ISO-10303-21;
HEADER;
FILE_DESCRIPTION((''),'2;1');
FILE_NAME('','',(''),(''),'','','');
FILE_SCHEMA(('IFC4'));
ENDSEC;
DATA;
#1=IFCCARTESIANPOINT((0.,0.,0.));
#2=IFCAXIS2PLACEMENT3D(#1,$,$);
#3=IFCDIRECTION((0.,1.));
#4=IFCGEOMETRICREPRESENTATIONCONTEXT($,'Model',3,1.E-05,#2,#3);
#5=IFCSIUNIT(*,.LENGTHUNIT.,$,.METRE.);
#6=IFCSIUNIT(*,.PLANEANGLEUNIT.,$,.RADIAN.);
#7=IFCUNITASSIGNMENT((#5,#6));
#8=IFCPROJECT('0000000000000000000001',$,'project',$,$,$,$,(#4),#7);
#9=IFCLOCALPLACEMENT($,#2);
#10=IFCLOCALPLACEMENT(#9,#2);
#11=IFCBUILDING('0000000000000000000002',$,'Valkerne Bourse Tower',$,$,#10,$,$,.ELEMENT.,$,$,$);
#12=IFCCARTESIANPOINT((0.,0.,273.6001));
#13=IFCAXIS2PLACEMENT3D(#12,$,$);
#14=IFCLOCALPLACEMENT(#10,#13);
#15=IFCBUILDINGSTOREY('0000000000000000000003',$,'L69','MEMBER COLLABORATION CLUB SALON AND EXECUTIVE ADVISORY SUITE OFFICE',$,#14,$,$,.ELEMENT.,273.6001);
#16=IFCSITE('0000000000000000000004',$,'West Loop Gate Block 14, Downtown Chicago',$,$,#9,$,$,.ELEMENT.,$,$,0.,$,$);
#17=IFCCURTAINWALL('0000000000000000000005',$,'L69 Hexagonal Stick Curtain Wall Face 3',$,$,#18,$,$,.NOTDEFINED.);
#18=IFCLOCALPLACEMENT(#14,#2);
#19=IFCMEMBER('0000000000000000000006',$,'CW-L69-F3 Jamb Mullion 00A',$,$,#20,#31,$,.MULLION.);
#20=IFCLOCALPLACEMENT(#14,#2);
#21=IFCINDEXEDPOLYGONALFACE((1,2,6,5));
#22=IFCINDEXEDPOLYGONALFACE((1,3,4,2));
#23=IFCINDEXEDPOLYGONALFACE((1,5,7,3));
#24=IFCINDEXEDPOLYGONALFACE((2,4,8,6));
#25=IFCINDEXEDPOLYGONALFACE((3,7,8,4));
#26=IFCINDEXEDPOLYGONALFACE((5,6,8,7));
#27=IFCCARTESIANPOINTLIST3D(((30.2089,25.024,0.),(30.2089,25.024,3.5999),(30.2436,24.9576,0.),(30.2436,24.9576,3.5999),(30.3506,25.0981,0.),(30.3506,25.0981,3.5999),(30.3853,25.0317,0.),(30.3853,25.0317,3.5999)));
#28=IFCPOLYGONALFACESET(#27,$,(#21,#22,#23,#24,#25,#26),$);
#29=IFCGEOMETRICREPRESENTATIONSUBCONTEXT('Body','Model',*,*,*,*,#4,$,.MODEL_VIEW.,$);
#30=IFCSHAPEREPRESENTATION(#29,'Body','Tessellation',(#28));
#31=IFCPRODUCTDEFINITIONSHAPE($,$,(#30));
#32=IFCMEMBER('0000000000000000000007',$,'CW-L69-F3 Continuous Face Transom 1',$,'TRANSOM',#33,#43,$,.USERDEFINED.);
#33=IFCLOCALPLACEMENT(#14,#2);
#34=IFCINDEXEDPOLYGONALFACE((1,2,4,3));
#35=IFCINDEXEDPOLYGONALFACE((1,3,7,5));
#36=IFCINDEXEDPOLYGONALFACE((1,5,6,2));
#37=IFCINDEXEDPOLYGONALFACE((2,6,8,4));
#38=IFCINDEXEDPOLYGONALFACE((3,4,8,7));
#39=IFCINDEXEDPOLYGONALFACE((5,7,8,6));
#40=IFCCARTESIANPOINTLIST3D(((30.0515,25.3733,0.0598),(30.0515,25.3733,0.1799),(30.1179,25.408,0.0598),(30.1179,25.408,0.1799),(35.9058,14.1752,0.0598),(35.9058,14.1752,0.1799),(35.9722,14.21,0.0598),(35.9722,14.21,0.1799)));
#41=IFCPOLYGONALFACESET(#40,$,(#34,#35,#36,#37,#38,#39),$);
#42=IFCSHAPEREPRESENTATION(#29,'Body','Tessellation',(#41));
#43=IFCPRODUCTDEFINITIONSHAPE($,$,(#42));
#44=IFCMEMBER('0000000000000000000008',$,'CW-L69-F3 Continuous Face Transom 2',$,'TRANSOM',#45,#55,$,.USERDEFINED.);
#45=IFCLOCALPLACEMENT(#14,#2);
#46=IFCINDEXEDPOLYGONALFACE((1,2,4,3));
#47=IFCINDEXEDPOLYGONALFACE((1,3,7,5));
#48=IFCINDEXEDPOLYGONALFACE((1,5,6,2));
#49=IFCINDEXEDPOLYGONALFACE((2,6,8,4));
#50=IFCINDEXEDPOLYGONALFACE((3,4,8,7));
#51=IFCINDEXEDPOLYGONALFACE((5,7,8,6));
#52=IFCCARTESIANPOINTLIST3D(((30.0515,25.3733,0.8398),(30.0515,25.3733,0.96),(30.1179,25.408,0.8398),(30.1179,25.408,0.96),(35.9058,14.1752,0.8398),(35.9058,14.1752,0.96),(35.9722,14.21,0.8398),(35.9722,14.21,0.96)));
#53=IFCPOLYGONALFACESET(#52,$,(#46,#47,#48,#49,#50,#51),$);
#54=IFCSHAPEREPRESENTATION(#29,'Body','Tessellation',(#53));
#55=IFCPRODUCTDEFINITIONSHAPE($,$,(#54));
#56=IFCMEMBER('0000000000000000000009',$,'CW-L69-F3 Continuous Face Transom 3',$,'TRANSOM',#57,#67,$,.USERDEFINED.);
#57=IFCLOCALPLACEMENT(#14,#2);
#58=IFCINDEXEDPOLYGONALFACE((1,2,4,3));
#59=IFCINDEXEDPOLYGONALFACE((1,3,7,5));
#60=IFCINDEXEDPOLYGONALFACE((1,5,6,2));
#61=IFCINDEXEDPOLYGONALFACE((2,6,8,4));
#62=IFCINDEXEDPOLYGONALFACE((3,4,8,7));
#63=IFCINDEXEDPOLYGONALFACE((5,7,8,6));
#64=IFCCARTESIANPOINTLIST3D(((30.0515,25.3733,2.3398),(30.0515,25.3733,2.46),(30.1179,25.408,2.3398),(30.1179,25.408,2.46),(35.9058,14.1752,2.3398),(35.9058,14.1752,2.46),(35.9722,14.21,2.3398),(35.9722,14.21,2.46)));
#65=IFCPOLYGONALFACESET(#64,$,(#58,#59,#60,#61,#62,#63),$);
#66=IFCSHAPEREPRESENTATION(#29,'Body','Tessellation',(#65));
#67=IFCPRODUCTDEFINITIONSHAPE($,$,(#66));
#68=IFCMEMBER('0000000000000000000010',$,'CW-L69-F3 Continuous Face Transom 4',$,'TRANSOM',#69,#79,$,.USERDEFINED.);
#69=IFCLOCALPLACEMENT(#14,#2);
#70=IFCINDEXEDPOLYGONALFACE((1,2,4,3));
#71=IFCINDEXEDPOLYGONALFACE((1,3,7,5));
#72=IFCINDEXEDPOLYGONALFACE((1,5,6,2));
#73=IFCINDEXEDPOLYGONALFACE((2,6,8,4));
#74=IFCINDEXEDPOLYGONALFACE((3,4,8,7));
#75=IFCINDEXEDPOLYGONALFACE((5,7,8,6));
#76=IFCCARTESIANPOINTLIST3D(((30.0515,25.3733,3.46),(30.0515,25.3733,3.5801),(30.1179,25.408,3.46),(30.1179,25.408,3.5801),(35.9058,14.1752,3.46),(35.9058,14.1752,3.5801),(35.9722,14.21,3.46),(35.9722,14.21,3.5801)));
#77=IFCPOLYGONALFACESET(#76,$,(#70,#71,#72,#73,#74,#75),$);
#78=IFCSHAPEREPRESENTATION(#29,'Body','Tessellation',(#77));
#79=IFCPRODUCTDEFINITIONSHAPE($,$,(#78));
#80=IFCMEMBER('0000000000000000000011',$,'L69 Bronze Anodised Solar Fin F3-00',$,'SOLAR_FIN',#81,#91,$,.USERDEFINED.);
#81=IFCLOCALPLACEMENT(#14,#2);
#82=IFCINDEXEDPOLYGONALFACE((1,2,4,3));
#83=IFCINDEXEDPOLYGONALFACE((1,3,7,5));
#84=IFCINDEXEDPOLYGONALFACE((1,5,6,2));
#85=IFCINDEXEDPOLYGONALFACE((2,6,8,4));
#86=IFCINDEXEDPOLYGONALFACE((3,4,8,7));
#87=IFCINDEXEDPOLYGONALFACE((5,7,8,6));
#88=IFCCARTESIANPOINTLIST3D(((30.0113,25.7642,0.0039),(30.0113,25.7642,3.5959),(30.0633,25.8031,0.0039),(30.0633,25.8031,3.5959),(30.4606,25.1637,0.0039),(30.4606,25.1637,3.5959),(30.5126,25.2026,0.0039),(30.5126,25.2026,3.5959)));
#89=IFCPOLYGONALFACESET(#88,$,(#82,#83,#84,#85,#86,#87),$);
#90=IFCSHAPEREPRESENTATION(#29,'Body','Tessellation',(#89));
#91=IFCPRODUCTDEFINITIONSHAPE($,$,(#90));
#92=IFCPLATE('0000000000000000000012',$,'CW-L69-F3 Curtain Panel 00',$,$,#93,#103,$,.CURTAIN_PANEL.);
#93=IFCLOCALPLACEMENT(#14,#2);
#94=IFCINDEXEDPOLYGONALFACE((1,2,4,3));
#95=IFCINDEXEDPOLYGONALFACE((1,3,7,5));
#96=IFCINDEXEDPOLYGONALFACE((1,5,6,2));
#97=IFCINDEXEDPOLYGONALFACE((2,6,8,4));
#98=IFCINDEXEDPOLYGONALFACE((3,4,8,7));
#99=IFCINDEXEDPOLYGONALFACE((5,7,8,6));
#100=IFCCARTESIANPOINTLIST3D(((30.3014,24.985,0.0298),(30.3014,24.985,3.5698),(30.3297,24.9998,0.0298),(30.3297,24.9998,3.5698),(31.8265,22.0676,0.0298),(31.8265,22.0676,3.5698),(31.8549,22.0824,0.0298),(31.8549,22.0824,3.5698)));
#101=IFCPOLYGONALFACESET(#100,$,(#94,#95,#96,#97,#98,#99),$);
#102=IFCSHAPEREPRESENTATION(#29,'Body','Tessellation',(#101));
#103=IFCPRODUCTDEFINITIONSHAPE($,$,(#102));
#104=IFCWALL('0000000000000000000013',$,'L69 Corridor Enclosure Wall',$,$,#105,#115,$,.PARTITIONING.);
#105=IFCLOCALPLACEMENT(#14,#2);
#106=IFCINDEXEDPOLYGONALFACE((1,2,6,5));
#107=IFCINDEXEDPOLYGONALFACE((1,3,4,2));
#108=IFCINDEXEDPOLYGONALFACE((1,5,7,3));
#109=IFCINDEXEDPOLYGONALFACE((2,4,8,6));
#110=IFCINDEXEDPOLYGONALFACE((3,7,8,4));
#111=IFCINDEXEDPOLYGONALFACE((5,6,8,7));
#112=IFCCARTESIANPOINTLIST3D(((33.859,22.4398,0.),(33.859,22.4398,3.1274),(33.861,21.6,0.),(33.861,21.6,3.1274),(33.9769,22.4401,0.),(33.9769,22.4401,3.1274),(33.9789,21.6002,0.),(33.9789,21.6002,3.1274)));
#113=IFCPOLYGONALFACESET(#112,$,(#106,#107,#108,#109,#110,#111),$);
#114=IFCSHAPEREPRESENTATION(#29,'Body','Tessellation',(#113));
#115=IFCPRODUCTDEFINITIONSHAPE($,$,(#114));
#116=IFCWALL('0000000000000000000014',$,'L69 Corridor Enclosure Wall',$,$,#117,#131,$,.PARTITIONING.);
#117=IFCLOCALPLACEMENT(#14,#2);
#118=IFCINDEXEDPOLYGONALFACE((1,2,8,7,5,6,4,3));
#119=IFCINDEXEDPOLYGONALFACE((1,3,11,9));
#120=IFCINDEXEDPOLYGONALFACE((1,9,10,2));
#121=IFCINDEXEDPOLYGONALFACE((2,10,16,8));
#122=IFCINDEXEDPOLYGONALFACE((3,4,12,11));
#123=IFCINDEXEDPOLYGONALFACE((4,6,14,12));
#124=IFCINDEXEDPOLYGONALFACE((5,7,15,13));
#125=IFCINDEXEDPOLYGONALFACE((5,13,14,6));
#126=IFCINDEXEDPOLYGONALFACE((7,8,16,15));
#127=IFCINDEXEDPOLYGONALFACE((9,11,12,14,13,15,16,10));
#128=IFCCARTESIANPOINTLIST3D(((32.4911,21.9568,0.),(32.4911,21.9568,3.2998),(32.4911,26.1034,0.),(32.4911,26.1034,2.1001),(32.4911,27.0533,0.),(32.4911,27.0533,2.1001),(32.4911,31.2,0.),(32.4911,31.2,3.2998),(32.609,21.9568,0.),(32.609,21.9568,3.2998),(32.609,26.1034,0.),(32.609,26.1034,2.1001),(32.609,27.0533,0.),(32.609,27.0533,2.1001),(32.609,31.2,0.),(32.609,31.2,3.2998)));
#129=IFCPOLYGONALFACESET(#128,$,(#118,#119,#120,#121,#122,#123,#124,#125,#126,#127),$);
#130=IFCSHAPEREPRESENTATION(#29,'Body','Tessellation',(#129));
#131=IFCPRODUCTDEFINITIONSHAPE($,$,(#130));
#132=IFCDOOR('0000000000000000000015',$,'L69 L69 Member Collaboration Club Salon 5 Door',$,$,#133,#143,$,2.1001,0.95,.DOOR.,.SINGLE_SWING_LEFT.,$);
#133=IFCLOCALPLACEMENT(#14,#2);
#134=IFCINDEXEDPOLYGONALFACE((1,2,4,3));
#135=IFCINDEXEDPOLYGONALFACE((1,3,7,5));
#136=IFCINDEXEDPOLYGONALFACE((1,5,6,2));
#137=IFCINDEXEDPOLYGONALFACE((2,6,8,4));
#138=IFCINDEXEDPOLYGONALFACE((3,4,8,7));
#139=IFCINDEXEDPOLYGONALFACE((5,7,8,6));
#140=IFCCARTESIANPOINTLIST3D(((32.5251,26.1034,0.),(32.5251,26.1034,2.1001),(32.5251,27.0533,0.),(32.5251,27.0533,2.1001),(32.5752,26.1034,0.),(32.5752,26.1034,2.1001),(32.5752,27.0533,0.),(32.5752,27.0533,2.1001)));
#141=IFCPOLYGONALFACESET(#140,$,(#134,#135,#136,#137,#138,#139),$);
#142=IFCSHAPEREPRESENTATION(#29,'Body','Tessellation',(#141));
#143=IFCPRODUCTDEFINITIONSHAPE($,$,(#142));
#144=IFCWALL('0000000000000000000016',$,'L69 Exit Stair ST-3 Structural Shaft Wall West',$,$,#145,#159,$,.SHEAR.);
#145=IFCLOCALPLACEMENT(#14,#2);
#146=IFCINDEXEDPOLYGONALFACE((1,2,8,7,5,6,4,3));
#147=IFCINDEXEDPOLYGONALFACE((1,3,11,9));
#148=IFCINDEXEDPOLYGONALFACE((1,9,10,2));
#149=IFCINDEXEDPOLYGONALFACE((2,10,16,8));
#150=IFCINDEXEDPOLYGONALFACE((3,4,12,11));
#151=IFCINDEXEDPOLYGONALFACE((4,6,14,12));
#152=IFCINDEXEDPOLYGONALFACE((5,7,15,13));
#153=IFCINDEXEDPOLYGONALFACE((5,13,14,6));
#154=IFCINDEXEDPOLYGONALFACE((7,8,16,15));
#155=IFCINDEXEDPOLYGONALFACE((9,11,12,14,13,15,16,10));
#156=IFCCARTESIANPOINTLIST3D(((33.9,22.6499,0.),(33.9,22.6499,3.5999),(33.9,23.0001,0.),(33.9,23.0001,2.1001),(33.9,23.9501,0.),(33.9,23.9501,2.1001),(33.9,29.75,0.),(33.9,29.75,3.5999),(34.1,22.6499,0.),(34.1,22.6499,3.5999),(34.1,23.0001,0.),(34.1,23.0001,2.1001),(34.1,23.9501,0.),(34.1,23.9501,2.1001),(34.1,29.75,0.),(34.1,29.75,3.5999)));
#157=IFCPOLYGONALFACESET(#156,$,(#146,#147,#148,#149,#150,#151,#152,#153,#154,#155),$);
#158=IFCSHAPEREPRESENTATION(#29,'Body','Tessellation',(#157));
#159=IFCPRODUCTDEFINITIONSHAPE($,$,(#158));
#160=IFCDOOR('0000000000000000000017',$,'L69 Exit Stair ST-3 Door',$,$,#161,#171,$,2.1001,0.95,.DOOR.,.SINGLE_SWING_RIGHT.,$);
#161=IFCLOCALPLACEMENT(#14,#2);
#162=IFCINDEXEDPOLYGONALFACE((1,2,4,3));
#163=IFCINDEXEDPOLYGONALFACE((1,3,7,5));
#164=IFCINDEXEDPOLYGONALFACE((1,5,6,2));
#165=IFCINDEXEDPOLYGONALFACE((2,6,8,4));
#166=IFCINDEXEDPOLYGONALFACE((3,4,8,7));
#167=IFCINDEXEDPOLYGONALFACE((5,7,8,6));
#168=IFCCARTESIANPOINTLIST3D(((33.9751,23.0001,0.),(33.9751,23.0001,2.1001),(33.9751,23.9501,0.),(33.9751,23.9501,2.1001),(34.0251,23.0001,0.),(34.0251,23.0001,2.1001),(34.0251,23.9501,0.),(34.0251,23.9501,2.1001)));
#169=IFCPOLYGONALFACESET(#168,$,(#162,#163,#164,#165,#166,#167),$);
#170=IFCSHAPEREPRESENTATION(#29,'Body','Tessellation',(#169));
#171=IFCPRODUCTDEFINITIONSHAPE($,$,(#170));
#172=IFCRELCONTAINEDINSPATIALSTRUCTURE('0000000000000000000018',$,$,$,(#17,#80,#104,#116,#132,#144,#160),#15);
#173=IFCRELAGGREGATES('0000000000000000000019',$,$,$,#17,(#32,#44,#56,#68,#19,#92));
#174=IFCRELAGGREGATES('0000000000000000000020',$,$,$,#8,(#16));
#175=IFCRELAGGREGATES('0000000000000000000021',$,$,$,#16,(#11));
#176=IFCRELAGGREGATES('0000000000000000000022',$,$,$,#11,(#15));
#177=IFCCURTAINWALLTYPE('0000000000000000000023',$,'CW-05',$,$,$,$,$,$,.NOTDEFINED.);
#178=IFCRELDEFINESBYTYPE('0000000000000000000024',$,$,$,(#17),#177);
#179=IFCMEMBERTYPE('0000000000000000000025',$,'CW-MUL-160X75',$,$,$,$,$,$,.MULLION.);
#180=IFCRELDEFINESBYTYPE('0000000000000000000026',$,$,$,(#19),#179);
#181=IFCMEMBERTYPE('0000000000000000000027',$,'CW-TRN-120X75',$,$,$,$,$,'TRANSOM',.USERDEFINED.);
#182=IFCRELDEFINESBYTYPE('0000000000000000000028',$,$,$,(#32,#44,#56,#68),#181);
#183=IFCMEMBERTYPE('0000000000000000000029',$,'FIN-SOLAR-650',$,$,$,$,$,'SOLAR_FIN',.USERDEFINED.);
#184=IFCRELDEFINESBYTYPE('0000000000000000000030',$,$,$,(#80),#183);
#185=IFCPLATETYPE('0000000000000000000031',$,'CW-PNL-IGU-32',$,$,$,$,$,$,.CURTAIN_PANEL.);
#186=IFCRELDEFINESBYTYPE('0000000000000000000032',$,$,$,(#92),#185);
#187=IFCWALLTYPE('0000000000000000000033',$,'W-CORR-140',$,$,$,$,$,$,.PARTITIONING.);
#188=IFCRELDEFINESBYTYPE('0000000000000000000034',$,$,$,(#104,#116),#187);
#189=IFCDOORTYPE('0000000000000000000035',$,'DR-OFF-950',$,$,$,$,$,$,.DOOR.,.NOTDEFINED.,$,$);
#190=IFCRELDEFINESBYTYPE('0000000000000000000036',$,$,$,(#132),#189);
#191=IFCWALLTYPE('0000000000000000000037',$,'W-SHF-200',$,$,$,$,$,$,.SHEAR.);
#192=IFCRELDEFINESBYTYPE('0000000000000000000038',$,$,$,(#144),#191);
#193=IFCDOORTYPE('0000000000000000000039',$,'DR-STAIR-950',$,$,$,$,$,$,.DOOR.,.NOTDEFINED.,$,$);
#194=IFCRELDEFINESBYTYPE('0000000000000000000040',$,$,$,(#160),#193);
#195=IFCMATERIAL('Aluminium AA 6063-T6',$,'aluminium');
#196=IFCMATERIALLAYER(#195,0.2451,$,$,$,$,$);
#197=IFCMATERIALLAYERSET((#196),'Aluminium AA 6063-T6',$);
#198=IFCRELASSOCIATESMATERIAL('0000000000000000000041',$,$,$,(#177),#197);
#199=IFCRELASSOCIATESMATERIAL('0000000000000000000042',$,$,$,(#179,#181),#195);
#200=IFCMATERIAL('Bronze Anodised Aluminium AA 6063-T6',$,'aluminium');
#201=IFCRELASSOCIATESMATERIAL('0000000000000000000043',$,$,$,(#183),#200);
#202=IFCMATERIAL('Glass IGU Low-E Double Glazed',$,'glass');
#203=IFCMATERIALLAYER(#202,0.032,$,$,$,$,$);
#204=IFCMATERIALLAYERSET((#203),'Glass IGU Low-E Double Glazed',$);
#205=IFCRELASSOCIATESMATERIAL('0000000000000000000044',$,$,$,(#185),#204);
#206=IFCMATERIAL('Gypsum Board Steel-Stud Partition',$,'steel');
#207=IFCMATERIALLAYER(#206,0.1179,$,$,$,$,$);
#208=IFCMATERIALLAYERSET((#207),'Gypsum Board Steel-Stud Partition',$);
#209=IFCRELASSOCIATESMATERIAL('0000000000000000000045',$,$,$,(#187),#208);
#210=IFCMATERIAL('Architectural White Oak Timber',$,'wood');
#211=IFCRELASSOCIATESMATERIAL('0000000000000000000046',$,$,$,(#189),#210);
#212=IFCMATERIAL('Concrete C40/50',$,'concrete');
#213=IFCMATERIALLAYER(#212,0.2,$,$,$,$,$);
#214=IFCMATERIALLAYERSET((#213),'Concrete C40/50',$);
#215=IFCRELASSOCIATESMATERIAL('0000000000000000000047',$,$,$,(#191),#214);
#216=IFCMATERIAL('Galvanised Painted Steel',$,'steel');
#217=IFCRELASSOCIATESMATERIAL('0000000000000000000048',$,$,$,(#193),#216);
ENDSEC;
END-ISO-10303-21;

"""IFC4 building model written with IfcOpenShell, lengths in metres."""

from ifc_helpers import new_model, si_unit, direction, frame, frame_2d, origin, origin_2d, place, context, subcontext, project, spatial, rectangle, extrude, material, layer, layer_set, material_profile, profile_set, type_object, element, fill, aggregate, save


model = new_model("IFC4")

# Units and contexts
model_context = context("Model", 3, precision=1e-05, world=origin(), true_north=direction((0.0, 1.0)))
body_context = subcontext(model_context, "Body", "Model", "MODEL_VIEW")
ifc_project = project(units=[si_unit("LENGTHUNIT", "METRE"), si_unit("PLANEANGLEUNIT", "RADIAN")], contexts=[model_context])

# Site, building, storey
site_placement = place(None, origin())
site = spatial("IfcSite", under=ifc_project, at=site_placement, Name="West Loop Gate Block 14, Downtown Chicago", CompositionType="ELEMENT", RefElevation=0.0)
building_placement = place(site_placement, origin())
building = spatial("IfcBuilding", under=site, at=building_placement, Name="Valkerne Bourse Tower", CompositionType="ELEMENT")
storey_placement = place(building_placement, frame((0.0, 0.0, 273.6001)))
storey = spatial("IfcBuildingStorey", under=building, at=storey_placement, Name="L69", Description="MEMBER COLLABORATION CLUB SALON AND EXECUTIVE ADVISORY SUITE OFFICE", CompositionType="ELEMENT", Elevation=273.6001)

# Curtain wall, members
ifc_material_1 = material(Name="Aluminium AA 6063-T6", Category="aluminium")
ifc_layer_1 = layer(ifc_material_1, 0.2451)
ifc_layer_set_1 = layer_set([ifc_layer_1], Name="Aluminium AA 6063-T6")
curtain_wall_type = type_object("IfcCurtainWallType", Name="CW-05", PredefinedType="NOTDEFINED", material=ifc_layer_set_1)
curtain_wall_placement = place(storey_placement, origin())
curtain_wall = element("IfcCurtainWall", 1, at=curtain_wall_placement, inside=storey, type_object=curtain_wall_type, Name="L69 Hexagonal Stick Curtain Wall Face 3", PredefinedType="NOTDEFINED")
ifc_material_profile_1 = material_profile(ifc_material_1, rectangle(XDim=0.075, YDim=0.1599, at=origin_2d()), Name="CWM-75X160")
ifc_profile_set_1 = profile_set([ifc_material_profile_1], Name="Aluminium AA 6063-T6")
member_type_1 = type_object("IfcMemberType", Name="CW-MUL-160X75", PredefinedType="MULLION", material=ifc_profile_set_1)
member_1_placement = place(storey_placement, frame((30.2971, 25.0278, 0.0), z_axis=(0.0, 0.0, 1.0), x_axis=(0.463294, -0.886204, 0.0)))
member_1 = element("IfcMember", 2, at=member_1_placement, type_object=member_type_1, Name="CW-L69-F3 Jamb Mullion 00A", PredefinedType="MULLION", context=body_context, shape_type="SweptSolid", body=[
    extrude(rectangle(XDim=0.075, YDim=0.1599, at=origin_2d()), origin(), (0.0, 0.0, 1.0), 3.5999),
])
ifc_material_profile_2 = material_profile(ifc_material_1, rectangle(XDim=0.075, YDim=0.1201, at=origin_2d()), Name="CWT-75X120")
ifc_profile_set_2 = profile_set([ifc_material_profile_2], Name="Aluminium AA 6063-T6")
member_type_2 = type_object("IfcMemberType", Name="CW-TRN-120X75", ElementType="TRANSOM", PredefinedType="USERDEFINED", material=ifc_profile_set_2)
member_2_placement = place(storey_placement, frame((30.0847, 25.3906, 0.1199), z_axis=(0.463301, -0.886201, 0.0), x_axis=(0.886201, 0.463301, 0.0)))
member_2 = element("IfcMember", 3, at=member_2_placement, type_object=member_type_2, Name="CW-L69-F3 Continuous Face Transom 1", ObjectType="TRANSOM", PredefinedType="USERDEFINED", context=body_context, shape_type="SweptSolid", body=[
    extrude(rectangle(XDim=0.075, YDim=0.1201, at=origin_2d()), origin(), (0.0, 0.0, 1.0), 12.636),
])
member_3_placement = place(storey_placement, frame((30.0847, 25.3906, 0.8999), z_axis=(0.463301, -0.886201, 0.0), x_axis=(0.886201, 0.463301, 0.0)))
member_3 = element("IfcMember", 4, at=member_3_placement, type_object=member_type_2, Name="CW-L69-F3 Continuous Face Transom 2", ObjectType="TRANSOM", PredefinedType="USERDEFINED", context=body_context, shape_type="SweptSolid", body=[
    extrude(rectangle(XDim=0.075, YDim=0.1201, at=origin_2d()), origin(), (0.0, 0.0, 1.0), 12.636),
])
member_4_placement = place(storey_placement, frame((30.0847, 25.3906, 2.3999), z_axis=(0.463301, -0.886201, 0.0), x_axis=(0.886201, 0.463301, 0.0)))
member_4 = element("IfcMember", 5, at=member_4_placement, type_object=member_type_2, Name="CW-L69-F3 Continuous Face Transom 3", ObjectType="TRANSOM", PredefinedType="USERDEFINED", context=body_context, shape_type="SweptSolid", body=[
    extrude(rectangle(XDim=0.075, YDim=0.1201, at=origin_2d()), origin(), (0.0, 0.0, 1.0), 12.636),
])
member_5_placement = place(storey_placement, frame((30.0847, 25.3906, 3.52), z_axis=(0.463301, -0.886201, 0.0), x_axis=(0.886201, 0.463301, 0.0)))
member_5 = element("IfcMember", 6, at=member_5_placement, type_object=member_type_2, Name="CW-L69-F3 Continuous Face Transom 4", ObjectType="TRANSOM", PredefinedType="USERDEFINED", context=body_context, shape_type="SweptSolid", body=[
    extrude(rectangle(XDim=0.075, YDim=0.1201, at=origin_2d()), origin(), (0.0, 0.0, 1.0), 12.636),
])

# Member
ifc_material_2 = material(Name="Bronze Anodised Aluminium AA 6063-T6", Category="aluminium")
ifc_material_profile_3 = material_profile(ifc_material_2, rectangle(XDim=0.0649, YDim=0.75, at=origin_2d()), Name="FIN-65X750")
ifc_profile_set_3 = profile_set([ifc_material_profile_3], Name="Bronze Anodised Aluminium AA 6063-T6")
member_type_3 = type_object("IfcMemberType", Name="FIN-SOLAR-650", ElementType="SOLAR_FIN", PredefinedType="USERDEFINED", material=ifc_profile_set_3)
member_6_placement = place(storey_placement, frame((30.262, 25.4834, 0.0039), z_axis=(0.0, 0.0, 1.0), x_axis=(-0.800699, -0.599067, 0.0)))
element("IfcMember", 7, at=member_6_placement, inside=storey, type_object=member_type_3, Name="L69 Bronze Anodised Solar Fin F3-00", ObjectType="SOLAR_FIN", PredefinedType="USERDEFINED", context=body_context, shape_type="SweptSolid", body=[
    extrude(rectangle(XDim=0.0649, YDim=0.75, at=origin_2d()), origin(), (0.0, 0.0, 1.0), 3.592),
])

# Plate
ifc_material_3 = material(Name="Glass IGU Low-E Double Glazed", Category="glass")
ifc_layer_2 = layer(ifc_material_3, 0.032)
ifc_layer_set_2 = layer_set([ifc_layer_2], Name="Glass IGU Low-E Double Glazed")
plate_type = type_object("IfcPlateType", Name="CW-PNL-IGU-32", PredefinedType="CURTAIN_PANEL", material=ifc_layer_set_2)
plate_placement = place(storey_placement, frame((31.0781, 23.5337, 0.0298), z_axis=(0.0, 0.0, 1.0), x_axis=(0.463294, -0.886204, 0.0)))
plate = element("IfcPlate", 8, at=plate_placement, type_object=plate_type, Name="CW-L69-F3 Curtain Panel 00", PredefinedType="CURTAIN_PANEL", context=body_context, shape_type="SweptSolid", body=[
    extrude(rectangle(XDim=3.292, YDim=0.032, at=origin_2d()), origin(), (0.0, 0.0, 1.0), 3.54),
])
aggregate(curtain_wall, [member_2, member_3, member_4, member_5, member_1, plate])

# Wall
ifc_material_4 = material(Name="Gypsum Board Steel-Stud Partition", Category="steel")
ifc_layer_3 = layer(ifc_material_4, 0.1179)
ifc_layer_set_3 = layer_set([ifc_layer_3], Name="Gypsum Board Steel-Stud Partition")
wall_type_1 = type_object("IfcWallType", Name="W-CORR-140", PredefinedType="PARTITIONING", material=ifc_layer_set_3)
wall_1_placement = place(storey_placement, frame((33.918, 22.4399, 0.0), z_axis=(0.0, 0.0, 1.0), x_axis=(0.002326, -0.999997, 0.0)))
element("IfcWall", 9, at=wall_1_placement, inside=storey, type_object=wall_type_1, Name="L69 Corridor Enclosure Wall", PredefinedType="PARTITIONING", context=body_context, shape_type="SweptSolid", body=[
    extrude(rectangle(XDim=0.8398, YDim=0.1179, at=frame_2d((0.4199, 0.0))), origin(), (0.0, 0.0, 1.0), 3.1274),
])

# Walls, openings, doors
wall_2_placement = place(storey_placement, frame((32.55, 21.9568, 0.0), z_axis=(0.0, 0.0, 1.0), x_axis=(0.0, 1.0, 0.0)))
wall_2 = element("IfcWall", 10, at=wall_2_placement, inside=storey, type_object=wall_type_1, Name="L69 Corridor Enclosure Wall", PredefinedType="PARTITIONING", context=body_context, shape_type="SweptSolid", body=[
    extrude(rectangle(XDim=9.2432, YDim=0.1179, at=frame_2d((4.6216, 0.0))), origin(), (0.0, 0.0, 1.0), 3.2998),
])
opening_1_placement = place(wall_2_placement, frame((4.1465, 0.0, 0.0)))
opening_1 = element("IfcOpeningElement", 11, at=opening_1_placement, cuts=wall_2, PredefinedType="OPENING", context=body_context, shape_type="SweptSolid", body=[
    extrude(rectangle(XDim=0.95, YDim=2.1001, at=frame_2d((0.4751, 1.05))), frame((0.0, 0.0688, 0.0), z_axis=(0.0, -1.0, 0.0), x_axis=(1.0, 0.0, 0.0)), (0.0, 0.0, 1.0), 0.1379),
])
ifc_material_5 = material(Name="Architectural White Oak Timber", Category="wood")
door_type_1 = type_object("IfcDoorType", Name="DR-OFF-950", OperationType="NOTDEFINED", PredefinedType="DOOR", material=ifc_material_5)
door_1_placement = place(opening_1_placement, origin())
door_1 = element("IfcDoor", 12, at=door_1_placement, inside=storey, type_object=door_type_1, Name="L69 L69 Member Collaboration Club Salon 5 Door", OperationType="SINGLE_SWING_LEFT", OverallHeight=2.1001, OverallWidth=0.95, PredefinedType="DOOR", context=body_context, shape_type="SweptSolid", body=[
    extrude(rectangle(XDim=0.95, YDim=2.1001, at=frame_2d((0.4751, 1.05))), frame((0.0, 0.0249, 0.0), z_axis=(0.0, -1.0, 0.0), x_axis=(1.0, 0.0, 0.0)), (0.0, 0.0, 1.0), 0.05),
])
fill(opening_1, door_1)
ifc_material_6 = material(Name="Concrete C40/50", Category="concrete")
ifc_layer_4 = layer(ifc_material_6, 0.2)
ifc_layer_set_4 = layer_set([ifc_layer_4], Name="Concrete C40/50")
wall_type_2 = type_object("IfcWallType", Name="W-SHF-200", PredefinedType="SHEAR", material=ifc_layer_set_4)
wall_3_placement = place(storey_placement, frame((34.0, 22.6499, 0.0), z_axis=(0.0, 0.0, 1.0), x_axis=(0.0, 1.0, 0.0)))
wall_3 = element("IfcWall", 13, at=wall_3_placement, inside=storey, type_object=wall_type_2, Name="L69 Exit Stair ST-3 Structural Shaft Wall West", PredefinedType="SHEAR", context=body_context, shape_type="SweptSolid", body=[
    extrude(rectangle(XDim=7.1001, YDim=0.2, at=frame_2d((3.55, 0.0))), origin(), (0.0, 0.0, 1.0), 3.5999),
])
opening_2_placement = place(wall_3_placement, frame((0.3501, 0.0, 0.0)))
opening_2 = element("IfcOpeningElement", 14, at=opening_2_placement, cuts=wall_3, PredefinedType="OPENING", context=body_context, shape_type="SweptSolid", body=[
    extrude(rectangle(XDim=0.95, YDim=2.1001, at=frame_2d((0.4751, 1.05))), frame((0.0, 0.1099, 0.0), z_axis=(0.0, -1.0, 0.0), x_axis=(1.0, 0.0, 0.0)), (0.0, 0.0, 1.0), 0.22),
])
ifc_material_7 = material(Name="Galvanised Painted Steel", Category="steel")
door_type_2 = type_object("IfcDoorType", Name="DR-STAIR-950", OperationType="NOTDEFINED", PredefinedType="DOOR", material=ifc_material_7)
door_2_placement = place(opening_2_placement, origin())
door_2 = element("IfcDoor", 15, at=door_2_placement, inside=storey, type_object=door_type_2, Name="L69 Exit Stair ST-3 Door", OperationType="SINGLE_SWING_RIGHT", OverallHeight=2.1001, OverallWidth=0.95, PredefinedType="DOOR", context=body_context, shape_type="SweptSolid", body=[
    extrude(rectangle(XDim=0.95, YDim=2.1001, at=frame_2d((0.4751, 1.05))), frame((0.0, 0.0249, 0.0), z_axis=(0.0, -1.0, 0.0), x_axis=(1.0, 0.0, 0.0)), (0.0, 0.0, 1.0), 0.05),
])
fill(opening_2, door_2)

save(model, "model.ifc")
